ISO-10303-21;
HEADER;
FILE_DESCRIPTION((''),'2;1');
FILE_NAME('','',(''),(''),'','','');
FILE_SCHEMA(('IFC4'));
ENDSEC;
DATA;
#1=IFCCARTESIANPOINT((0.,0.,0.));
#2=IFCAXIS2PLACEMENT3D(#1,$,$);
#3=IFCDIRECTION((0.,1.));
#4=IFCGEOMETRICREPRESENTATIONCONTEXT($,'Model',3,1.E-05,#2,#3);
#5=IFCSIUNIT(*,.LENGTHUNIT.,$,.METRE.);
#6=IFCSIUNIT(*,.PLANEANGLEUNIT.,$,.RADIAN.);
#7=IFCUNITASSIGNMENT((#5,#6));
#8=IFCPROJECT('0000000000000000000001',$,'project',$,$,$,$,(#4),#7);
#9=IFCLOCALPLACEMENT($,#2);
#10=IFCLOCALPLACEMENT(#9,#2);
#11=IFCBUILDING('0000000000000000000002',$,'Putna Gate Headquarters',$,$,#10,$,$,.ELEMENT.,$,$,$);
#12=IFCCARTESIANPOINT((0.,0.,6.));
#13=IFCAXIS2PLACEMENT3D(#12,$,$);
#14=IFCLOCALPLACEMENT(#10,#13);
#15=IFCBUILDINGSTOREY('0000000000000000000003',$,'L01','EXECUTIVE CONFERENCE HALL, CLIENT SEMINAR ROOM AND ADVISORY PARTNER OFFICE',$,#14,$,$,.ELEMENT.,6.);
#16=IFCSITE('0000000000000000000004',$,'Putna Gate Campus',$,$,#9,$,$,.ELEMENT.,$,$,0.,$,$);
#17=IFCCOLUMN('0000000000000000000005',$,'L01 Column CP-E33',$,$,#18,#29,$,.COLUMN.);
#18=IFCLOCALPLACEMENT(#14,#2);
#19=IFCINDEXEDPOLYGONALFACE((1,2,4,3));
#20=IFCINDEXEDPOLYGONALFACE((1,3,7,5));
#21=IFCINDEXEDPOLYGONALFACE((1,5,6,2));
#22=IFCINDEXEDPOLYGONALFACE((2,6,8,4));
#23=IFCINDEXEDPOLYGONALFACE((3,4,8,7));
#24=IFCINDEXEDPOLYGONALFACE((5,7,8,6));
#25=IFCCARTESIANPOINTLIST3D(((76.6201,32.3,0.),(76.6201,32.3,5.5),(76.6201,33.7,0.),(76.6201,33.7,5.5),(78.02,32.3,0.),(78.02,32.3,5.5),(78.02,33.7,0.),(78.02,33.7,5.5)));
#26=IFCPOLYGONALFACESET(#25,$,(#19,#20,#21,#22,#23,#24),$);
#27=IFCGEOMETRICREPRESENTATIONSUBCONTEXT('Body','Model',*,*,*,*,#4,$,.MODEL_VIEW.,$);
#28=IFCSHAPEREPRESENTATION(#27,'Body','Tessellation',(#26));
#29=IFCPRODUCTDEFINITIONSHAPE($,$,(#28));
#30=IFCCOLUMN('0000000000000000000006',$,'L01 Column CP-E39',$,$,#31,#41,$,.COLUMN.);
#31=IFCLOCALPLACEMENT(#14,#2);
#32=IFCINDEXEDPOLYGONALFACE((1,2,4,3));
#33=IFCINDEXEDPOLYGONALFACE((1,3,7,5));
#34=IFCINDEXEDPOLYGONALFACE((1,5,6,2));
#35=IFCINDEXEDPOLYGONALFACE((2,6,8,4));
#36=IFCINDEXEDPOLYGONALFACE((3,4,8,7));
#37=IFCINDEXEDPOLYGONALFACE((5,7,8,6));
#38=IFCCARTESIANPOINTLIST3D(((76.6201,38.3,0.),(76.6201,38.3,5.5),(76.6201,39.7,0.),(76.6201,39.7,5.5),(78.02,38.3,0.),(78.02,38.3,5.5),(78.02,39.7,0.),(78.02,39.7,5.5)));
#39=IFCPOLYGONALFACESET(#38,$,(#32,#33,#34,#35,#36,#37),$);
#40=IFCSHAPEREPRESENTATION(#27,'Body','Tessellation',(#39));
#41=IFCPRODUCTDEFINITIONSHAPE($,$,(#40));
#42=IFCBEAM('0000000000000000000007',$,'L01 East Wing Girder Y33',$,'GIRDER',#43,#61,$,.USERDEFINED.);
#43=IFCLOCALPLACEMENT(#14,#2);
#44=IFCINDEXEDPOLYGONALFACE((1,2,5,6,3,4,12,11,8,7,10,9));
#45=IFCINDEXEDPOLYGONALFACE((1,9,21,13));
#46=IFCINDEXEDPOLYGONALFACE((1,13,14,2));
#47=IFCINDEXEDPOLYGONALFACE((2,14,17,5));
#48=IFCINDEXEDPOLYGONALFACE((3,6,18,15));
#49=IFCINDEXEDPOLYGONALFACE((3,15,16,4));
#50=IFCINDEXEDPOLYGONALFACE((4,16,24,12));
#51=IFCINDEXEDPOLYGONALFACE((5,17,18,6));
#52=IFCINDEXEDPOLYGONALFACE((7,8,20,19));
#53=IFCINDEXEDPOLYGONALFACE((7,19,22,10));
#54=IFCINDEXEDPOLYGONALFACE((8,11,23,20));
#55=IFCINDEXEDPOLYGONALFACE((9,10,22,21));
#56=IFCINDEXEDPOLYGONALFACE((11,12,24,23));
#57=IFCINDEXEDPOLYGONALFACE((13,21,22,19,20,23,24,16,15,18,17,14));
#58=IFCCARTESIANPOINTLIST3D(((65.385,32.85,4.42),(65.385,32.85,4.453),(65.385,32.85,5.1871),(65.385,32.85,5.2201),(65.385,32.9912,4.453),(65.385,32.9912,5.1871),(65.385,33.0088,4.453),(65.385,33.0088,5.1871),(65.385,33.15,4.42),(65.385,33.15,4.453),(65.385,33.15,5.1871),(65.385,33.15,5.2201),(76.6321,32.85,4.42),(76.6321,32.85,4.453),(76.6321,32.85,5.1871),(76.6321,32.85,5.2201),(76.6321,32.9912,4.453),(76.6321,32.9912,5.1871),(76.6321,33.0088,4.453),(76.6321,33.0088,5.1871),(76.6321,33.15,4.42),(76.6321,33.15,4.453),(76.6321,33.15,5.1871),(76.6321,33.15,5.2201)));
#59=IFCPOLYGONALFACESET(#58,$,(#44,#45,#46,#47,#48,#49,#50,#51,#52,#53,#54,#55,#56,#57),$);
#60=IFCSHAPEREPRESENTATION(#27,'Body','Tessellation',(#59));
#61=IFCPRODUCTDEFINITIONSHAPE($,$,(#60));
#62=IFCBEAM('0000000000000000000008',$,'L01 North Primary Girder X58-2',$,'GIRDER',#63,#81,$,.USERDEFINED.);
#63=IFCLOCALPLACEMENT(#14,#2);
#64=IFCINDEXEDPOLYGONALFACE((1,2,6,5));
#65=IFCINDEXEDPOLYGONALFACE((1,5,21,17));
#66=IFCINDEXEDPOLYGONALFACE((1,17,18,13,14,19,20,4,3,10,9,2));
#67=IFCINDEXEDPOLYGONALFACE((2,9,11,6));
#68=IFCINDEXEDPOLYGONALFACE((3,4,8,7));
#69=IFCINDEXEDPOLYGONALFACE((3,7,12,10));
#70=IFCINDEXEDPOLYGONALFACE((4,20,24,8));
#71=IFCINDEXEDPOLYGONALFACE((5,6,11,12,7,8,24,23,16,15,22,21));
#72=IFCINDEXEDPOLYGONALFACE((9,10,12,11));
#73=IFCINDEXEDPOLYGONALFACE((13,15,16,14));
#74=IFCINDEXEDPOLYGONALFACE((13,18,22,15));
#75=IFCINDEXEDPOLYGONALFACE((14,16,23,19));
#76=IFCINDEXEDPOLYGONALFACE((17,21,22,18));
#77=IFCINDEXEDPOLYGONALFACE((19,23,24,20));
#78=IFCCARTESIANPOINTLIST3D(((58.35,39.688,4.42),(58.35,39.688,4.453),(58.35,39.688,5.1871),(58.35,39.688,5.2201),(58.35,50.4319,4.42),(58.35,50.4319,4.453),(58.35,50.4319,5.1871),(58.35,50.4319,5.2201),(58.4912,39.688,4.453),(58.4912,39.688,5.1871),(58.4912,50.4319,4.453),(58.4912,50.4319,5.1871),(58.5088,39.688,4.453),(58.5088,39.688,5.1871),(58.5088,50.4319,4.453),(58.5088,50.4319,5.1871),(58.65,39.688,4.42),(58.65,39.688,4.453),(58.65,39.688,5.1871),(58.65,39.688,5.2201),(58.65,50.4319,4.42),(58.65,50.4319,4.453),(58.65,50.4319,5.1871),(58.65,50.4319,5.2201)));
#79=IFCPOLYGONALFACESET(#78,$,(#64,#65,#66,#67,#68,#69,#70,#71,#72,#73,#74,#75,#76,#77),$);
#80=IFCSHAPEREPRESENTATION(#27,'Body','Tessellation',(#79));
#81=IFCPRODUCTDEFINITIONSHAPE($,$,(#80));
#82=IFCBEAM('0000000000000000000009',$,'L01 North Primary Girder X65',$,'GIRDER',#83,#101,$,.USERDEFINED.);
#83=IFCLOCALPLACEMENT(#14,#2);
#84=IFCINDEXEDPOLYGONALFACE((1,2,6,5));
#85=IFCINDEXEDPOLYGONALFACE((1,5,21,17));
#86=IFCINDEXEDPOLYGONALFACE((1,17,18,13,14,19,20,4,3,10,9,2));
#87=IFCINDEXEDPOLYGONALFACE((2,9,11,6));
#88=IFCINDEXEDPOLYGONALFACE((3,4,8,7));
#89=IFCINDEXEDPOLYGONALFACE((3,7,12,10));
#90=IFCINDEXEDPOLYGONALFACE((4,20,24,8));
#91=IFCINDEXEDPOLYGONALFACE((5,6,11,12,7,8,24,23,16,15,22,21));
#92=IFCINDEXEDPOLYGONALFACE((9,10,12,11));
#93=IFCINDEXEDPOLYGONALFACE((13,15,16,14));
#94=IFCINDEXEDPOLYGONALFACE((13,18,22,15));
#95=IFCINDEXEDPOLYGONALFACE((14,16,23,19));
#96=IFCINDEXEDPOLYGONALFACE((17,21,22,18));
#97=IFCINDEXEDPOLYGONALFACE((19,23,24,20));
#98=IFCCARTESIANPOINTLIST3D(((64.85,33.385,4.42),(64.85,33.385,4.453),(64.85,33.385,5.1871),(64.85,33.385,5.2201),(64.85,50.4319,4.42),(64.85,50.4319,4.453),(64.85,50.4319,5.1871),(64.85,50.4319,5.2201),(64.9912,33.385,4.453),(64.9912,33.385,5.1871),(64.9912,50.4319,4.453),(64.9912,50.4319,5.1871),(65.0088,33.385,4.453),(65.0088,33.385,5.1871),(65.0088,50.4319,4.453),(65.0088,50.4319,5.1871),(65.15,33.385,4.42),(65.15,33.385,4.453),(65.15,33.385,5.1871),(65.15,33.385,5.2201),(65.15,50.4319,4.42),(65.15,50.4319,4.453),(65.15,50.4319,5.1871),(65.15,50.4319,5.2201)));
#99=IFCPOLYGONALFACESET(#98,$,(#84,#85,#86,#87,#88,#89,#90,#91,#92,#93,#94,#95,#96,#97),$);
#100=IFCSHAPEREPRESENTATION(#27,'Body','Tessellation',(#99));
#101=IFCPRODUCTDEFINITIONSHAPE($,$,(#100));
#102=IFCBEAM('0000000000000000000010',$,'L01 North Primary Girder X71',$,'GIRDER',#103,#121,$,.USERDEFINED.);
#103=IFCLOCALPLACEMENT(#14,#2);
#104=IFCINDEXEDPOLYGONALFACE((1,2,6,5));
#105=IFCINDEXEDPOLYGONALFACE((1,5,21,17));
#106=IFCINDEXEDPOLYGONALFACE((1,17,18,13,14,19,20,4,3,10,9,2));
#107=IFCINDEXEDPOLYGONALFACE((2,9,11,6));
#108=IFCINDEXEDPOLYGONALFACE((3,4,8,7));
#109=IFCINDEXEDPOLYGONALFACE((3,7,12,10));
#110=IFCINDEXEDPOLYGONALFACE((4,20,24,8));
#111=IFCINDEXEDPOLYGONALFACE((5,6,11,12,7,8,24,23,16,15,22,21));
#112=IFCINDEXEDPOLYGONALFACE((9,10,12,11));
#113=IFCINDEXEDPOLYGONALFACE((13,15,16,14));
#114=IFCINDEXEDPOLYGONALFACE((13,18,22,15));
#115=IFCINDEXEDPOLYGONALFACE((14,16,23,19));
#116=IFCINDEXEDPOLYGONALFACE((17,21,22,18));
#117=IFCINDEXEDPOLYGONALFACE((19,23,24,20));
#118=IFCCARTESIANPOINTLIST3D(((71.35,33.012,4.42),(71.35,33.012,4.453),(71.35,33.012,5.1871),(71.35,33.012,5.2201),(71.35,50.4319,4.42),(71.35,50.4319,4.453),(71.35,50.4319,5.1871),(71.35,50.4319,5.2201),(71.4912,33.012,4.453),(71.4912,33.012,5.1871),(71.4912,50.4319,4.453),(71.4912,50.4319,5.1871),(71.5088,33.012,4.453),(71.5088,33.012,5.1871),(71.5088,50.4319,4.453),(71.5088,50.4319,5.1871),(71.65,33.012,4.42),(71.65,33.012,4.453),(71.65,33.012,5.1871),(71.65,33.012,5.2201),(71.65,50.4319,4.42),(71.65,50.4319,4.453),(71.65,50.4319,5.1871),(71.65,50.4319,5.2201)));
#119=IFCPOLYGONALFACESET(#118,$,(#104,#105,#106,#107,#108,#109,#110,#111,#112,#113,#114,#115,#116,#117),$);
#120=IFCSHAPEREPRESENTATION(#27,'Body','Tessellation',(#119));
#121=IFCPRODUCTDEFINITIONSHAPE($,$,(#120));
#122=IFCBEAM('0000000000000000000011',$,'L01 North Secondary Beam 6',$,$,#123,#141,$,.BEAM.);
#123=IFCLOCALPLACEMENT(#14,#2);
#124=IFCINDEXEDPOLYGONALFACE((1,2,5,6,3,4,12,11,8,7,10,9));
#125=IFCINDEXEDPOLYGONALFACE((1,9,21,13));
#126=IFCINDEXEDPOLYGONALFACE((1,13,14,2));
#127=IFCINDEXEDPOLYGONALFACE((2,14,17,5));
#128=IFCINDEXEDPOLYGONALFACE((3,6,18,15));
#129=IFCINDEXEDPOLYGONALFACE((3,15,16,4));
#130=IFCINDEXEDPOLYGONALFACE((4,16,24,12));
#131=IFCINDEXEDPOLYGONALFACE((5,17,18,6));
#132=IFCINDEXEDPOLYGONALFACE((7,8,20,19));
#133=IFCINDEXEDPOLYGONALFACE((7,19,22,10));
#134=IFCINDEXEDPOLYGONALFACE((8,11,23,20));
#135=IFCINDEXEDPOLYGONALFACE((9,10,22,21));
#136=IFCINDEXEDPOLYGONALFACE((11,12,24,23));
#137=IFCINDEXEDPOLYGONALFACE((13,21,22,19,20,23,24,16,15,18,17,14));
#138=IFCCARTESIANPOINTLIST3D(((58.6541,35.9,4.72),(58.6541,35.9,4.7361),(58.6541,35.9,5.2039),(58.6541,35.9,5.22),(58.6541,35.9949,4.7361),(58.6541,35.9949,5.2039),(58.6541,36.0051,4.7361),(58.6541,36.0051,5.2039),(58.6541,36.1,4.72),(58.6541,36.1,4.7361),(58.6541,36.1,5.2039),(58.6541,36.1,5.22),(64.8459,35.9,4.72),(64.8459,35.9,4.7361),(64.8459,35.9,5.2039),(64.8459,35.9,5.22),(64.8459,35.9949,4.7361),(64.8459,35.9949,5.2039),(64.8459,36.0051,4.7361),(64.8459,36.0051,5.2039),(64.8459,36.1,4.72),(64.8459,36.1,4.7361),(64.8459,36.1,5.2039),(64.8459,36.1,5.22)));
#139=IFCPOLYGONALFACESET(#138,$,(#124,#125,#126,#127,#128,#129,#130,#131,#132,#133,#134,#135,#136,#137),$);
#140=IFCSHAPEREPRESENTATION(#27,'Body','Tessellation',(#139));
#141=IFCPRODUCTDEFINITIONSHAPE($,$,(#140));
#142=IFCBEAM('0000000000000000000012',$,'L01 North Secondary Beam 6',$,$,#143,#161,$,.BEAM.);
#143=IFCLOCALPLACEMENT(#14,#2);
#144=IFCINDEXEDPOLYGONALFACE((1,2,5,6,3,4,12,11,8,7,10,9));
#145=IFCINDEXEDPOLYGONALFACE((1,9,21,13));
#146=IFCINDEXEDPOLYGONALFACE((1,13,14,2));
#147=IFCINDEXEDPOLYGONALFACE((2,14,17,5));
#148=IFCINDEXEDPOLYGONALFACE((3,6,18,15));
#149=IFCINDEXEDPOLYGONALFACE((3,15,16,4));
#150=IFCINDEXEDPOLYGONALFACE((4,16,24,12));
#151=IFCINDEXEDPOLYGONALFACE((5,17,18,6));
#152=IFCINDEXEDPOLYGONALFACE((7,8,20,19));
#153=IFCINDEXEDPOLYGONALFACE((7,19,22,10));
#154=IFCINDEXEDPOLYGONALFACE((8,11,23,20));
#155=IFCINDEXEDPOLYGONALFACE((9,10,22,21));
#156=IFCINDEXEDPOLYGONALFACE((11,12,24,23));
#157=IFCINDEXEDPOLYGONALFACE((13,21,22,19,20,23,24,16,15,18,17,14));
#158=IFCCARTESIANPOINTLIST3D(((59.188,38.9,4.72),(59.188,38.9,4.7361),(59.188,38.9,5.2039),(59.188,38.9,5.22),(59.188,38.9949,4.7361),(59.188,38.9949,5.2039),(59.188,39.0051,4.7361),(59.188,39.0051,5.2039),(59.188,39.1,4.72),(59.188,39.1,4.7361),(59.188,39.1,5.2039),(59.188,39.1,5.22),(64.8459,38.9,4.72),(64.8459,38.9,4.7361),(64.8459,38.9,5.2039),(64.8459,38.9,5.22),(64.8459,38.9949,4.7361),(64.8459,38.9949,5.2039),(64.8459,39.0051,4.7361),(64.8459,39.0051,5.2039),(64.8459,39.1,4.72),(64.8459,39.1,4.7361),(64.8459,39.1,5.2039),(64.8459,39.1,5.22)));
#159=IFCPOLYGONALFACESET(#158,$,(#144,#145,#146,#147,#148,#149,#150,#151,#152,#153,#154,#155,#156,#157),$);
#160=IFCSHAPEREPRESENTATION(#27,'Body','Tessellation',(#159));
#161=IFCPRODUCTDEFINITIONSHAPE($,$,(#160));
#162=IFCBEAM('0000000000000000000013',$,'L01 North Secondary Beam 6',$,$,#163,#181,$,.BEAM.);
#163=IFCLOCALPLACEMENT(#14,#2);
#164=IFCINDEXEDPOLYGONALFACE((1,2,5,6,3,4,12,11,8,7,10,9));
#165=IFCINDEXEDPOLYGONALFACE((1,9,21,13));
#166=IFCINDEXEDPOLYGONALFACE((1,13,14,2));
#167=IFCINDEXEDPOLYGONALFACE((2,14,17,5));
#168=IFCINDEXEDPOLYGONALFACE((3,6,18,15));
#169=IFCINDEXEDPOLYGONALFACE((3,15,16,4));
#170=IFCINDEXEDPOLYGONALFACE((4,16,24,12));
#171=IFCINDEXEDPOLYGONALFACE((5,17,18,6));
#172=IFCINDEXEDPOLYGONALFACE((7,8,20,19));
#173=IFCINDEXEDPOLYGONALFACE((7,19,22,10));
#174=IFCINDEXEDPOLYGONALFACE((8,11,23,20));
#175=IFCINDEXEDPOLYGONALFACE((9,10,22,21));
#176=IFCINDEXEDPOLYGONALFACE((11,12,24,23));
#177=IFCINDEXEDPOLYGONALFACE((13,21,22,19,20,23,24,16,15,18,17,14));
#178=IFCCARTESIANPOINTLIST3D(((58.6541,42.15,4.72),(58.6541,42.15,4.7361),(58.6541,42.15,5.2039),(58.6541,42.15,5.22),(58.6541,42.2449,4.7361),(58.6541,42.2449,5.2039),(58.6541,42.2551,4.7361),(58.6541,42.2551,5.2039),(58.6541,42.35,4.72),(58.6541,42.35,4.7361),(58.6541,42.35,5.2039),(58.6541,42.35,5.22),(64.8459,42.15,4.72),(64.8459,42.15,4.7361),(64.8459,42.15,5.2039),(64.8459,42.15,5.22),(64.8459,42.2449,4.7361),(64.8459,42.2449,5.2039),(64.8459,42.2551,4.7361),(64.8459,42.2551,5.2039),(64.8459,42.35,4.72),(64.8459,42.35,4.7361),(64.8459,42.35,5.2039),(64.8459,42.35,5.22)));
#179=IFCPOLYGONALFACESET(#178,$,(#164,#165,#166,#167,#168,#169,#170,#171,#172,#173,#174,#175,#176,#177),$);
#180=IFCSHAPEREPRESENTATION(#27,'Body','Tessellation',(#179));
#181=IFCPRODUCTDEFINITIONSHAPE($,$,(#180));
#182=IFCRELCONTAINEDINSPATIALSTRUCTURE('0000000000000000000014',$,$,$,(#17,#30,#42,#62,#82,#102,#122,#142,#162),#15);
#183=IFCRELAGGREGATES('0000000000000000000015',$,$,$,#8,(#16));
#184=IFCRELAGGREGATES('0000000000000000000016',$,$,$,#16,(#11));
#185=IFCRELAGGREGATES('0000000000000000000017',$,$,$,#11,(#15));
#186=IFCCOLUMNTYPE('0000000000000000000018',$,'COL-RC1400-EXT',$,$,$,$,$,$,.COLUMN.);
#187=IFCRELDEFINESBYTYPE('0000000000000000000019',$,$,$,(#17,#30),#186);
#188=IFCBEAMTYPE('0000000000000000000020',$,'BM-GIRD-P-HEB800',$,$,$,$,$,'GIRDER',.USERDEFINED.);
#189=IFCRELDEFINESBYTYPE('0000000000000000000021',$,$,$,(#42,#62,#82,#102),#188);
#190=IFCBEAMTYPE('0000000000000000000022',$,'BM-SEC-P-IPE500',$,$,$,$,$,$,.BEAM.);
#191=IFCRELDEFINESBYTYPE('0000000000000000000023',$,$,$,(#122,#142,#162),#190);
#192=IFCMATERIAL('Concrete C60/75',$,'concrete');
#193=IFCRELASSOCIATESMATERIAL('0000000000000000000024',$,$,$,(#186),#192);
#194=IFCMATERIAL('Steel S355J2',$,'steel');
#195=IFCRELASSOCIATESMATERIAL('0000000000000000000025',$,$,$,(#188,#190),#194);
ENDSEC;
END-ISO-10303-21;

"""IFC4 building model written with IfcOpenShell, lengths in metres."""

from ifc_helpers import new_model, si_unit, direction, frame, origin, origin_2d, place, context, subcontext, project, spatial, rectangle, i_section, extrude, material, material_profile, profile_set, type_object, element, save


model = new_model("IFC4")

# Units and contexts
model_context = context("Model", 3, precision=1e-05, world=origin(), true_north=direction((0.0, 1.0)))
body_context = subcontext(model_context, "Body", "Model", "MODEL_VIEW")
ifc_project = project(units=[si_unit("LENGTHUNIT", "METRE"), si_unit("PLANEANGLEUNIT", "RADIAN")], contexts=[model_context])

# Site, building, storey
site_placement = place(None, origin())
site = spatial("IfcSite", under=ifc_project, at=site_placement, Name="Putna Gate Campus", CompositionType="ELEMENT", RefElevation=0.0)
building_placement = place(site_placement, origin())
building = spatial("IfcBuilding", under=site, at=building_placement, Name="Putna Gate Headquarters", CompositionType="ELEMENT")
storey_placement = place(building_placement, frame((0.0, 0.0, 6.0)))
storey = spatial("IfcBuildingStorey", under=building, at=storey_placement, Name="L01", Description="EXECUTIVE CONFERENCE HALL, CLIENT SEMINAR ROOM AND ADVISORY PARTNER OFFICE", CompositionType="ELEMENT", Elevation=6.0)

# Columns
ifc_material_1 = material(Name="Concrete C60/75", Category="concrete")
ifc_material_profile_1 = material_profile(ifc_material_1, rectangle(XDim=1.3999, YDim=1.3999, at=origin_2d()), Name="Concrete C60/75")
ifc_profile_set_1 = profile_set([ifc_material_profile_1], Name="Concrete C60/75")
column_type = type_object("IfcColumnType", Name="COL-RC1400-EXT", PredefinedType="COLUMN", material=ifc_profile_set_1)
for number, where, z_axis, x_axis, name in (
    (1, (77.3201, 33.0, 0.0), (0.0, 0.0, 1.0), (1.0, 0.0, 0.0), "L01 Column CP-E33"),
    (2, (77.3201, 39.0, 0.0), (0.0, 0.0, 1.0), (1.0, 0.0, 0.0), "L01 Column CP-E39"),
):
    element("IfcColumn", number, at=place(storey_placement, frame(where, z_axis=z_axis, x_axis=x_axis)), inside=storey, type_object=column_type, Name=name, PredefinedType="COLUMN", context=body_context, shape_type="SweptSolid", body=[
        extrude(rectangle(XDim=1.3999, YDim=1.3999, at=origin_2d()), origin(), (0.0, 0.0, 1.0), 5.5),
    ])

# Beams
ifc_material_2 = material(Name="Steel S355J2", Category="steel")
ifc_material_profile_2 = material_profile(ifc_material_2, i_section(OverallWidth=0.3, OverallDepth=0.8, WebThickness=0.0176, FlangeThickness=0.033, at=origin_2d()), Name="Steel S355J2")
ifc_profile_set_2 = profile_set([ifc_material_profile_2], Name="Steel S355J2")
beam_type_1 = type_object("IfcBeamType", Name="BM-GIRD-P-HEB800", ElementType="GIRDER", PredefinedType="USERDEFINED", material=ifc_profile_set_2)
beam_1_placement = place(storey_placement, frame((65.385, 33.0, 4.8201), z_axis=(1.0, 0.0, 0.0), x_axis=(0.0, 1.0, 0.0)))
element("IfcBeam", 3, at=beam_1_placement, inside=storey, type_object=beam_type_1, Name="L01 East Wing Girder Y33", ObjectType="GIRDER", PredefinedType="USERDEFINED", context=body_context, shape_type="SweptSolid", body=[
    extrude(i_section(OverallWidth=0.3, OverallDepth=0.8, WebThickness=0.0176, FlangeThickness=0.033, at=origin_2d()), origin(), (0.0, 0.0, 1.0), 11.2471),
])
beam_2_placement = place(storey_placement, frame((58.5, 39.688, 4.8201), z_axis=(0.0, 1.0, 0.0), x_axis=(-1.0, 0.0, 0.0)))
element("IfcBeam", 4, at=beam_2_placement, inside=storey, type_object=beam_type_1, Name="L01 North Primary Girder X58-2", ObjectType="GIRDER", PredefinedType="USERDEFINED", context=body_context, shape_type="SweptSolid", body=[
    extrude(i_section(OverallWidth=0.3, OverallDepth=0.8, WebThickness=0.0176, FlangeThickness=0.033, at=origin_2d()), origin(), (0.0, 0.0, 1.0), 10.7439),
])
beam_3_placement = place(storey_placement, frame((65.0, 33.385, 4.8201), z_axis=(0.0, 1.0, 0.0), x_axis=(-1.0, 0.0, 0.0)))
element("IfcBeam", 5, at=beam_3_placement, inside=storey, type_object=beam_type_1, Name="L01 North Primary Girder X65", ObjectType="GIRDER", PredefinedType="USERDEFINED", context=body_context, shape_type="SweptSolid", body=[
    extrude(i_section(OverallWidth=0.3, OverallDepth=0.8, WebThickness=0.0176, FlangeThickness=0.033, at=origin_2d()), origin(), (0.0, 0.0, 1.0), 17.0469),
])
beam_4_placement = place(storey_placement, frame((71.5, 33.012, 4.8201), z_axis=(0.0, 1.0, 0.0), x_axis=(-1.0, 0.0, 0.0)))
element("IfcBeam", 6, at=beam_4_placement, inside=storey, type_object=beam_type_1, Name="L01 North Primary Girder X71", ObjectType="GIRDER", PredefinedType="USERDEFINED", context=body_context, shape_type="SweptSolid", body=[
    extrude(i_section(OverallWidth=0.3, OverallDepth=0.8, WebThickness=0.0176, FlangeThickness=0.033, at=origin_2d()), origin(), (0.0, 0.0, 1.0), 17.4199),
])
ifc_material_profile_3 = material_profile(ifc_material_2, i_section(OverallWidth=0.2, OverallDepth=0.5, WebThickness=0.0103, FlangeThickness=0.0161, at=origin_2d()), Name="Steel S355J2")
ifc_profile_set_3 = profile_set([ifc_material_profile_3], Name="Steel S355J2")
beam_type_2 = type_object("IfcBeamType", Name="BM-SEC-P-IPE500", PredefinedType="BEAM", material=ifc_profile_set_3)
beam_5_placement = place(storey_placement, frame((58.6541, 36.0, 4.97), z_axis=(1.0, 0.0, 0.0), x_axis=(0.0, 1.0, 0.0)))
element("IfcBeam", 7, at=beam_5_placement, inside=storey, type_object=beam_type_2, Name="L01 North Secondary Beam 6", PredefinedType="BEAM", context=body_context, shape_type="SweptSolid", body=[
    extrude(i_section(OverallWidth=0.2, OverallDepth=0.5, WebThickness=0.0103, FlangeThickness=0.0161, at=origin_2d()), origin(), (0.0, 0.0, 1.0), 6.1919),
])
beam_6_placement = place(storey_placement, frame((59.188, 39.0, 4.97), z_axis=(1.0, 0.0, 0.0), x_axis=(0.0, 1.0, 0.0)))
element("IfcBeam", 8, at=beam_6_placement, inside=storey, type_object=beam_type_2, Name="L01 North Secondary Beam 6", PredefinedType="BEAM", context=body_context, shape_type="SweptSolid", body=[
    extrude(i_section(OverallWidth=0.2, OverallDepth=0.5, WebThickness=0.0103, FlangeThickness=0.0161, at=origin_2d()), origin(), (0.0, 0.0, 1.0), 5.658),
])
for number, where, z_axis, x_axis, name in (
    (9, (58.6541, 42.25, 4.97), (1.0, 0.0, 0.0), (0.0, 1.0, 0.0), "L01 North Secondary Beam 6"),
):
    element("IfcBeam", number, at=place(storey_placement, frame(where, z_axis=z_axis, x_axis=x_axis)), inside=storey, type_object=beam_type_2, Name=name, PredefinedType="BEAM", context=body_context, shape_type="SweptSolid", body=[
        extrude(i_section(OverallWidth=0.2, OverallDepth=0.5, WebThickness=0.0103, FlangeThickness=0.0161, at=origin_2d()), origin(), (0.0, 0.0, 1.0), 6.1919),
    ])

save(model, "model.ifc")
